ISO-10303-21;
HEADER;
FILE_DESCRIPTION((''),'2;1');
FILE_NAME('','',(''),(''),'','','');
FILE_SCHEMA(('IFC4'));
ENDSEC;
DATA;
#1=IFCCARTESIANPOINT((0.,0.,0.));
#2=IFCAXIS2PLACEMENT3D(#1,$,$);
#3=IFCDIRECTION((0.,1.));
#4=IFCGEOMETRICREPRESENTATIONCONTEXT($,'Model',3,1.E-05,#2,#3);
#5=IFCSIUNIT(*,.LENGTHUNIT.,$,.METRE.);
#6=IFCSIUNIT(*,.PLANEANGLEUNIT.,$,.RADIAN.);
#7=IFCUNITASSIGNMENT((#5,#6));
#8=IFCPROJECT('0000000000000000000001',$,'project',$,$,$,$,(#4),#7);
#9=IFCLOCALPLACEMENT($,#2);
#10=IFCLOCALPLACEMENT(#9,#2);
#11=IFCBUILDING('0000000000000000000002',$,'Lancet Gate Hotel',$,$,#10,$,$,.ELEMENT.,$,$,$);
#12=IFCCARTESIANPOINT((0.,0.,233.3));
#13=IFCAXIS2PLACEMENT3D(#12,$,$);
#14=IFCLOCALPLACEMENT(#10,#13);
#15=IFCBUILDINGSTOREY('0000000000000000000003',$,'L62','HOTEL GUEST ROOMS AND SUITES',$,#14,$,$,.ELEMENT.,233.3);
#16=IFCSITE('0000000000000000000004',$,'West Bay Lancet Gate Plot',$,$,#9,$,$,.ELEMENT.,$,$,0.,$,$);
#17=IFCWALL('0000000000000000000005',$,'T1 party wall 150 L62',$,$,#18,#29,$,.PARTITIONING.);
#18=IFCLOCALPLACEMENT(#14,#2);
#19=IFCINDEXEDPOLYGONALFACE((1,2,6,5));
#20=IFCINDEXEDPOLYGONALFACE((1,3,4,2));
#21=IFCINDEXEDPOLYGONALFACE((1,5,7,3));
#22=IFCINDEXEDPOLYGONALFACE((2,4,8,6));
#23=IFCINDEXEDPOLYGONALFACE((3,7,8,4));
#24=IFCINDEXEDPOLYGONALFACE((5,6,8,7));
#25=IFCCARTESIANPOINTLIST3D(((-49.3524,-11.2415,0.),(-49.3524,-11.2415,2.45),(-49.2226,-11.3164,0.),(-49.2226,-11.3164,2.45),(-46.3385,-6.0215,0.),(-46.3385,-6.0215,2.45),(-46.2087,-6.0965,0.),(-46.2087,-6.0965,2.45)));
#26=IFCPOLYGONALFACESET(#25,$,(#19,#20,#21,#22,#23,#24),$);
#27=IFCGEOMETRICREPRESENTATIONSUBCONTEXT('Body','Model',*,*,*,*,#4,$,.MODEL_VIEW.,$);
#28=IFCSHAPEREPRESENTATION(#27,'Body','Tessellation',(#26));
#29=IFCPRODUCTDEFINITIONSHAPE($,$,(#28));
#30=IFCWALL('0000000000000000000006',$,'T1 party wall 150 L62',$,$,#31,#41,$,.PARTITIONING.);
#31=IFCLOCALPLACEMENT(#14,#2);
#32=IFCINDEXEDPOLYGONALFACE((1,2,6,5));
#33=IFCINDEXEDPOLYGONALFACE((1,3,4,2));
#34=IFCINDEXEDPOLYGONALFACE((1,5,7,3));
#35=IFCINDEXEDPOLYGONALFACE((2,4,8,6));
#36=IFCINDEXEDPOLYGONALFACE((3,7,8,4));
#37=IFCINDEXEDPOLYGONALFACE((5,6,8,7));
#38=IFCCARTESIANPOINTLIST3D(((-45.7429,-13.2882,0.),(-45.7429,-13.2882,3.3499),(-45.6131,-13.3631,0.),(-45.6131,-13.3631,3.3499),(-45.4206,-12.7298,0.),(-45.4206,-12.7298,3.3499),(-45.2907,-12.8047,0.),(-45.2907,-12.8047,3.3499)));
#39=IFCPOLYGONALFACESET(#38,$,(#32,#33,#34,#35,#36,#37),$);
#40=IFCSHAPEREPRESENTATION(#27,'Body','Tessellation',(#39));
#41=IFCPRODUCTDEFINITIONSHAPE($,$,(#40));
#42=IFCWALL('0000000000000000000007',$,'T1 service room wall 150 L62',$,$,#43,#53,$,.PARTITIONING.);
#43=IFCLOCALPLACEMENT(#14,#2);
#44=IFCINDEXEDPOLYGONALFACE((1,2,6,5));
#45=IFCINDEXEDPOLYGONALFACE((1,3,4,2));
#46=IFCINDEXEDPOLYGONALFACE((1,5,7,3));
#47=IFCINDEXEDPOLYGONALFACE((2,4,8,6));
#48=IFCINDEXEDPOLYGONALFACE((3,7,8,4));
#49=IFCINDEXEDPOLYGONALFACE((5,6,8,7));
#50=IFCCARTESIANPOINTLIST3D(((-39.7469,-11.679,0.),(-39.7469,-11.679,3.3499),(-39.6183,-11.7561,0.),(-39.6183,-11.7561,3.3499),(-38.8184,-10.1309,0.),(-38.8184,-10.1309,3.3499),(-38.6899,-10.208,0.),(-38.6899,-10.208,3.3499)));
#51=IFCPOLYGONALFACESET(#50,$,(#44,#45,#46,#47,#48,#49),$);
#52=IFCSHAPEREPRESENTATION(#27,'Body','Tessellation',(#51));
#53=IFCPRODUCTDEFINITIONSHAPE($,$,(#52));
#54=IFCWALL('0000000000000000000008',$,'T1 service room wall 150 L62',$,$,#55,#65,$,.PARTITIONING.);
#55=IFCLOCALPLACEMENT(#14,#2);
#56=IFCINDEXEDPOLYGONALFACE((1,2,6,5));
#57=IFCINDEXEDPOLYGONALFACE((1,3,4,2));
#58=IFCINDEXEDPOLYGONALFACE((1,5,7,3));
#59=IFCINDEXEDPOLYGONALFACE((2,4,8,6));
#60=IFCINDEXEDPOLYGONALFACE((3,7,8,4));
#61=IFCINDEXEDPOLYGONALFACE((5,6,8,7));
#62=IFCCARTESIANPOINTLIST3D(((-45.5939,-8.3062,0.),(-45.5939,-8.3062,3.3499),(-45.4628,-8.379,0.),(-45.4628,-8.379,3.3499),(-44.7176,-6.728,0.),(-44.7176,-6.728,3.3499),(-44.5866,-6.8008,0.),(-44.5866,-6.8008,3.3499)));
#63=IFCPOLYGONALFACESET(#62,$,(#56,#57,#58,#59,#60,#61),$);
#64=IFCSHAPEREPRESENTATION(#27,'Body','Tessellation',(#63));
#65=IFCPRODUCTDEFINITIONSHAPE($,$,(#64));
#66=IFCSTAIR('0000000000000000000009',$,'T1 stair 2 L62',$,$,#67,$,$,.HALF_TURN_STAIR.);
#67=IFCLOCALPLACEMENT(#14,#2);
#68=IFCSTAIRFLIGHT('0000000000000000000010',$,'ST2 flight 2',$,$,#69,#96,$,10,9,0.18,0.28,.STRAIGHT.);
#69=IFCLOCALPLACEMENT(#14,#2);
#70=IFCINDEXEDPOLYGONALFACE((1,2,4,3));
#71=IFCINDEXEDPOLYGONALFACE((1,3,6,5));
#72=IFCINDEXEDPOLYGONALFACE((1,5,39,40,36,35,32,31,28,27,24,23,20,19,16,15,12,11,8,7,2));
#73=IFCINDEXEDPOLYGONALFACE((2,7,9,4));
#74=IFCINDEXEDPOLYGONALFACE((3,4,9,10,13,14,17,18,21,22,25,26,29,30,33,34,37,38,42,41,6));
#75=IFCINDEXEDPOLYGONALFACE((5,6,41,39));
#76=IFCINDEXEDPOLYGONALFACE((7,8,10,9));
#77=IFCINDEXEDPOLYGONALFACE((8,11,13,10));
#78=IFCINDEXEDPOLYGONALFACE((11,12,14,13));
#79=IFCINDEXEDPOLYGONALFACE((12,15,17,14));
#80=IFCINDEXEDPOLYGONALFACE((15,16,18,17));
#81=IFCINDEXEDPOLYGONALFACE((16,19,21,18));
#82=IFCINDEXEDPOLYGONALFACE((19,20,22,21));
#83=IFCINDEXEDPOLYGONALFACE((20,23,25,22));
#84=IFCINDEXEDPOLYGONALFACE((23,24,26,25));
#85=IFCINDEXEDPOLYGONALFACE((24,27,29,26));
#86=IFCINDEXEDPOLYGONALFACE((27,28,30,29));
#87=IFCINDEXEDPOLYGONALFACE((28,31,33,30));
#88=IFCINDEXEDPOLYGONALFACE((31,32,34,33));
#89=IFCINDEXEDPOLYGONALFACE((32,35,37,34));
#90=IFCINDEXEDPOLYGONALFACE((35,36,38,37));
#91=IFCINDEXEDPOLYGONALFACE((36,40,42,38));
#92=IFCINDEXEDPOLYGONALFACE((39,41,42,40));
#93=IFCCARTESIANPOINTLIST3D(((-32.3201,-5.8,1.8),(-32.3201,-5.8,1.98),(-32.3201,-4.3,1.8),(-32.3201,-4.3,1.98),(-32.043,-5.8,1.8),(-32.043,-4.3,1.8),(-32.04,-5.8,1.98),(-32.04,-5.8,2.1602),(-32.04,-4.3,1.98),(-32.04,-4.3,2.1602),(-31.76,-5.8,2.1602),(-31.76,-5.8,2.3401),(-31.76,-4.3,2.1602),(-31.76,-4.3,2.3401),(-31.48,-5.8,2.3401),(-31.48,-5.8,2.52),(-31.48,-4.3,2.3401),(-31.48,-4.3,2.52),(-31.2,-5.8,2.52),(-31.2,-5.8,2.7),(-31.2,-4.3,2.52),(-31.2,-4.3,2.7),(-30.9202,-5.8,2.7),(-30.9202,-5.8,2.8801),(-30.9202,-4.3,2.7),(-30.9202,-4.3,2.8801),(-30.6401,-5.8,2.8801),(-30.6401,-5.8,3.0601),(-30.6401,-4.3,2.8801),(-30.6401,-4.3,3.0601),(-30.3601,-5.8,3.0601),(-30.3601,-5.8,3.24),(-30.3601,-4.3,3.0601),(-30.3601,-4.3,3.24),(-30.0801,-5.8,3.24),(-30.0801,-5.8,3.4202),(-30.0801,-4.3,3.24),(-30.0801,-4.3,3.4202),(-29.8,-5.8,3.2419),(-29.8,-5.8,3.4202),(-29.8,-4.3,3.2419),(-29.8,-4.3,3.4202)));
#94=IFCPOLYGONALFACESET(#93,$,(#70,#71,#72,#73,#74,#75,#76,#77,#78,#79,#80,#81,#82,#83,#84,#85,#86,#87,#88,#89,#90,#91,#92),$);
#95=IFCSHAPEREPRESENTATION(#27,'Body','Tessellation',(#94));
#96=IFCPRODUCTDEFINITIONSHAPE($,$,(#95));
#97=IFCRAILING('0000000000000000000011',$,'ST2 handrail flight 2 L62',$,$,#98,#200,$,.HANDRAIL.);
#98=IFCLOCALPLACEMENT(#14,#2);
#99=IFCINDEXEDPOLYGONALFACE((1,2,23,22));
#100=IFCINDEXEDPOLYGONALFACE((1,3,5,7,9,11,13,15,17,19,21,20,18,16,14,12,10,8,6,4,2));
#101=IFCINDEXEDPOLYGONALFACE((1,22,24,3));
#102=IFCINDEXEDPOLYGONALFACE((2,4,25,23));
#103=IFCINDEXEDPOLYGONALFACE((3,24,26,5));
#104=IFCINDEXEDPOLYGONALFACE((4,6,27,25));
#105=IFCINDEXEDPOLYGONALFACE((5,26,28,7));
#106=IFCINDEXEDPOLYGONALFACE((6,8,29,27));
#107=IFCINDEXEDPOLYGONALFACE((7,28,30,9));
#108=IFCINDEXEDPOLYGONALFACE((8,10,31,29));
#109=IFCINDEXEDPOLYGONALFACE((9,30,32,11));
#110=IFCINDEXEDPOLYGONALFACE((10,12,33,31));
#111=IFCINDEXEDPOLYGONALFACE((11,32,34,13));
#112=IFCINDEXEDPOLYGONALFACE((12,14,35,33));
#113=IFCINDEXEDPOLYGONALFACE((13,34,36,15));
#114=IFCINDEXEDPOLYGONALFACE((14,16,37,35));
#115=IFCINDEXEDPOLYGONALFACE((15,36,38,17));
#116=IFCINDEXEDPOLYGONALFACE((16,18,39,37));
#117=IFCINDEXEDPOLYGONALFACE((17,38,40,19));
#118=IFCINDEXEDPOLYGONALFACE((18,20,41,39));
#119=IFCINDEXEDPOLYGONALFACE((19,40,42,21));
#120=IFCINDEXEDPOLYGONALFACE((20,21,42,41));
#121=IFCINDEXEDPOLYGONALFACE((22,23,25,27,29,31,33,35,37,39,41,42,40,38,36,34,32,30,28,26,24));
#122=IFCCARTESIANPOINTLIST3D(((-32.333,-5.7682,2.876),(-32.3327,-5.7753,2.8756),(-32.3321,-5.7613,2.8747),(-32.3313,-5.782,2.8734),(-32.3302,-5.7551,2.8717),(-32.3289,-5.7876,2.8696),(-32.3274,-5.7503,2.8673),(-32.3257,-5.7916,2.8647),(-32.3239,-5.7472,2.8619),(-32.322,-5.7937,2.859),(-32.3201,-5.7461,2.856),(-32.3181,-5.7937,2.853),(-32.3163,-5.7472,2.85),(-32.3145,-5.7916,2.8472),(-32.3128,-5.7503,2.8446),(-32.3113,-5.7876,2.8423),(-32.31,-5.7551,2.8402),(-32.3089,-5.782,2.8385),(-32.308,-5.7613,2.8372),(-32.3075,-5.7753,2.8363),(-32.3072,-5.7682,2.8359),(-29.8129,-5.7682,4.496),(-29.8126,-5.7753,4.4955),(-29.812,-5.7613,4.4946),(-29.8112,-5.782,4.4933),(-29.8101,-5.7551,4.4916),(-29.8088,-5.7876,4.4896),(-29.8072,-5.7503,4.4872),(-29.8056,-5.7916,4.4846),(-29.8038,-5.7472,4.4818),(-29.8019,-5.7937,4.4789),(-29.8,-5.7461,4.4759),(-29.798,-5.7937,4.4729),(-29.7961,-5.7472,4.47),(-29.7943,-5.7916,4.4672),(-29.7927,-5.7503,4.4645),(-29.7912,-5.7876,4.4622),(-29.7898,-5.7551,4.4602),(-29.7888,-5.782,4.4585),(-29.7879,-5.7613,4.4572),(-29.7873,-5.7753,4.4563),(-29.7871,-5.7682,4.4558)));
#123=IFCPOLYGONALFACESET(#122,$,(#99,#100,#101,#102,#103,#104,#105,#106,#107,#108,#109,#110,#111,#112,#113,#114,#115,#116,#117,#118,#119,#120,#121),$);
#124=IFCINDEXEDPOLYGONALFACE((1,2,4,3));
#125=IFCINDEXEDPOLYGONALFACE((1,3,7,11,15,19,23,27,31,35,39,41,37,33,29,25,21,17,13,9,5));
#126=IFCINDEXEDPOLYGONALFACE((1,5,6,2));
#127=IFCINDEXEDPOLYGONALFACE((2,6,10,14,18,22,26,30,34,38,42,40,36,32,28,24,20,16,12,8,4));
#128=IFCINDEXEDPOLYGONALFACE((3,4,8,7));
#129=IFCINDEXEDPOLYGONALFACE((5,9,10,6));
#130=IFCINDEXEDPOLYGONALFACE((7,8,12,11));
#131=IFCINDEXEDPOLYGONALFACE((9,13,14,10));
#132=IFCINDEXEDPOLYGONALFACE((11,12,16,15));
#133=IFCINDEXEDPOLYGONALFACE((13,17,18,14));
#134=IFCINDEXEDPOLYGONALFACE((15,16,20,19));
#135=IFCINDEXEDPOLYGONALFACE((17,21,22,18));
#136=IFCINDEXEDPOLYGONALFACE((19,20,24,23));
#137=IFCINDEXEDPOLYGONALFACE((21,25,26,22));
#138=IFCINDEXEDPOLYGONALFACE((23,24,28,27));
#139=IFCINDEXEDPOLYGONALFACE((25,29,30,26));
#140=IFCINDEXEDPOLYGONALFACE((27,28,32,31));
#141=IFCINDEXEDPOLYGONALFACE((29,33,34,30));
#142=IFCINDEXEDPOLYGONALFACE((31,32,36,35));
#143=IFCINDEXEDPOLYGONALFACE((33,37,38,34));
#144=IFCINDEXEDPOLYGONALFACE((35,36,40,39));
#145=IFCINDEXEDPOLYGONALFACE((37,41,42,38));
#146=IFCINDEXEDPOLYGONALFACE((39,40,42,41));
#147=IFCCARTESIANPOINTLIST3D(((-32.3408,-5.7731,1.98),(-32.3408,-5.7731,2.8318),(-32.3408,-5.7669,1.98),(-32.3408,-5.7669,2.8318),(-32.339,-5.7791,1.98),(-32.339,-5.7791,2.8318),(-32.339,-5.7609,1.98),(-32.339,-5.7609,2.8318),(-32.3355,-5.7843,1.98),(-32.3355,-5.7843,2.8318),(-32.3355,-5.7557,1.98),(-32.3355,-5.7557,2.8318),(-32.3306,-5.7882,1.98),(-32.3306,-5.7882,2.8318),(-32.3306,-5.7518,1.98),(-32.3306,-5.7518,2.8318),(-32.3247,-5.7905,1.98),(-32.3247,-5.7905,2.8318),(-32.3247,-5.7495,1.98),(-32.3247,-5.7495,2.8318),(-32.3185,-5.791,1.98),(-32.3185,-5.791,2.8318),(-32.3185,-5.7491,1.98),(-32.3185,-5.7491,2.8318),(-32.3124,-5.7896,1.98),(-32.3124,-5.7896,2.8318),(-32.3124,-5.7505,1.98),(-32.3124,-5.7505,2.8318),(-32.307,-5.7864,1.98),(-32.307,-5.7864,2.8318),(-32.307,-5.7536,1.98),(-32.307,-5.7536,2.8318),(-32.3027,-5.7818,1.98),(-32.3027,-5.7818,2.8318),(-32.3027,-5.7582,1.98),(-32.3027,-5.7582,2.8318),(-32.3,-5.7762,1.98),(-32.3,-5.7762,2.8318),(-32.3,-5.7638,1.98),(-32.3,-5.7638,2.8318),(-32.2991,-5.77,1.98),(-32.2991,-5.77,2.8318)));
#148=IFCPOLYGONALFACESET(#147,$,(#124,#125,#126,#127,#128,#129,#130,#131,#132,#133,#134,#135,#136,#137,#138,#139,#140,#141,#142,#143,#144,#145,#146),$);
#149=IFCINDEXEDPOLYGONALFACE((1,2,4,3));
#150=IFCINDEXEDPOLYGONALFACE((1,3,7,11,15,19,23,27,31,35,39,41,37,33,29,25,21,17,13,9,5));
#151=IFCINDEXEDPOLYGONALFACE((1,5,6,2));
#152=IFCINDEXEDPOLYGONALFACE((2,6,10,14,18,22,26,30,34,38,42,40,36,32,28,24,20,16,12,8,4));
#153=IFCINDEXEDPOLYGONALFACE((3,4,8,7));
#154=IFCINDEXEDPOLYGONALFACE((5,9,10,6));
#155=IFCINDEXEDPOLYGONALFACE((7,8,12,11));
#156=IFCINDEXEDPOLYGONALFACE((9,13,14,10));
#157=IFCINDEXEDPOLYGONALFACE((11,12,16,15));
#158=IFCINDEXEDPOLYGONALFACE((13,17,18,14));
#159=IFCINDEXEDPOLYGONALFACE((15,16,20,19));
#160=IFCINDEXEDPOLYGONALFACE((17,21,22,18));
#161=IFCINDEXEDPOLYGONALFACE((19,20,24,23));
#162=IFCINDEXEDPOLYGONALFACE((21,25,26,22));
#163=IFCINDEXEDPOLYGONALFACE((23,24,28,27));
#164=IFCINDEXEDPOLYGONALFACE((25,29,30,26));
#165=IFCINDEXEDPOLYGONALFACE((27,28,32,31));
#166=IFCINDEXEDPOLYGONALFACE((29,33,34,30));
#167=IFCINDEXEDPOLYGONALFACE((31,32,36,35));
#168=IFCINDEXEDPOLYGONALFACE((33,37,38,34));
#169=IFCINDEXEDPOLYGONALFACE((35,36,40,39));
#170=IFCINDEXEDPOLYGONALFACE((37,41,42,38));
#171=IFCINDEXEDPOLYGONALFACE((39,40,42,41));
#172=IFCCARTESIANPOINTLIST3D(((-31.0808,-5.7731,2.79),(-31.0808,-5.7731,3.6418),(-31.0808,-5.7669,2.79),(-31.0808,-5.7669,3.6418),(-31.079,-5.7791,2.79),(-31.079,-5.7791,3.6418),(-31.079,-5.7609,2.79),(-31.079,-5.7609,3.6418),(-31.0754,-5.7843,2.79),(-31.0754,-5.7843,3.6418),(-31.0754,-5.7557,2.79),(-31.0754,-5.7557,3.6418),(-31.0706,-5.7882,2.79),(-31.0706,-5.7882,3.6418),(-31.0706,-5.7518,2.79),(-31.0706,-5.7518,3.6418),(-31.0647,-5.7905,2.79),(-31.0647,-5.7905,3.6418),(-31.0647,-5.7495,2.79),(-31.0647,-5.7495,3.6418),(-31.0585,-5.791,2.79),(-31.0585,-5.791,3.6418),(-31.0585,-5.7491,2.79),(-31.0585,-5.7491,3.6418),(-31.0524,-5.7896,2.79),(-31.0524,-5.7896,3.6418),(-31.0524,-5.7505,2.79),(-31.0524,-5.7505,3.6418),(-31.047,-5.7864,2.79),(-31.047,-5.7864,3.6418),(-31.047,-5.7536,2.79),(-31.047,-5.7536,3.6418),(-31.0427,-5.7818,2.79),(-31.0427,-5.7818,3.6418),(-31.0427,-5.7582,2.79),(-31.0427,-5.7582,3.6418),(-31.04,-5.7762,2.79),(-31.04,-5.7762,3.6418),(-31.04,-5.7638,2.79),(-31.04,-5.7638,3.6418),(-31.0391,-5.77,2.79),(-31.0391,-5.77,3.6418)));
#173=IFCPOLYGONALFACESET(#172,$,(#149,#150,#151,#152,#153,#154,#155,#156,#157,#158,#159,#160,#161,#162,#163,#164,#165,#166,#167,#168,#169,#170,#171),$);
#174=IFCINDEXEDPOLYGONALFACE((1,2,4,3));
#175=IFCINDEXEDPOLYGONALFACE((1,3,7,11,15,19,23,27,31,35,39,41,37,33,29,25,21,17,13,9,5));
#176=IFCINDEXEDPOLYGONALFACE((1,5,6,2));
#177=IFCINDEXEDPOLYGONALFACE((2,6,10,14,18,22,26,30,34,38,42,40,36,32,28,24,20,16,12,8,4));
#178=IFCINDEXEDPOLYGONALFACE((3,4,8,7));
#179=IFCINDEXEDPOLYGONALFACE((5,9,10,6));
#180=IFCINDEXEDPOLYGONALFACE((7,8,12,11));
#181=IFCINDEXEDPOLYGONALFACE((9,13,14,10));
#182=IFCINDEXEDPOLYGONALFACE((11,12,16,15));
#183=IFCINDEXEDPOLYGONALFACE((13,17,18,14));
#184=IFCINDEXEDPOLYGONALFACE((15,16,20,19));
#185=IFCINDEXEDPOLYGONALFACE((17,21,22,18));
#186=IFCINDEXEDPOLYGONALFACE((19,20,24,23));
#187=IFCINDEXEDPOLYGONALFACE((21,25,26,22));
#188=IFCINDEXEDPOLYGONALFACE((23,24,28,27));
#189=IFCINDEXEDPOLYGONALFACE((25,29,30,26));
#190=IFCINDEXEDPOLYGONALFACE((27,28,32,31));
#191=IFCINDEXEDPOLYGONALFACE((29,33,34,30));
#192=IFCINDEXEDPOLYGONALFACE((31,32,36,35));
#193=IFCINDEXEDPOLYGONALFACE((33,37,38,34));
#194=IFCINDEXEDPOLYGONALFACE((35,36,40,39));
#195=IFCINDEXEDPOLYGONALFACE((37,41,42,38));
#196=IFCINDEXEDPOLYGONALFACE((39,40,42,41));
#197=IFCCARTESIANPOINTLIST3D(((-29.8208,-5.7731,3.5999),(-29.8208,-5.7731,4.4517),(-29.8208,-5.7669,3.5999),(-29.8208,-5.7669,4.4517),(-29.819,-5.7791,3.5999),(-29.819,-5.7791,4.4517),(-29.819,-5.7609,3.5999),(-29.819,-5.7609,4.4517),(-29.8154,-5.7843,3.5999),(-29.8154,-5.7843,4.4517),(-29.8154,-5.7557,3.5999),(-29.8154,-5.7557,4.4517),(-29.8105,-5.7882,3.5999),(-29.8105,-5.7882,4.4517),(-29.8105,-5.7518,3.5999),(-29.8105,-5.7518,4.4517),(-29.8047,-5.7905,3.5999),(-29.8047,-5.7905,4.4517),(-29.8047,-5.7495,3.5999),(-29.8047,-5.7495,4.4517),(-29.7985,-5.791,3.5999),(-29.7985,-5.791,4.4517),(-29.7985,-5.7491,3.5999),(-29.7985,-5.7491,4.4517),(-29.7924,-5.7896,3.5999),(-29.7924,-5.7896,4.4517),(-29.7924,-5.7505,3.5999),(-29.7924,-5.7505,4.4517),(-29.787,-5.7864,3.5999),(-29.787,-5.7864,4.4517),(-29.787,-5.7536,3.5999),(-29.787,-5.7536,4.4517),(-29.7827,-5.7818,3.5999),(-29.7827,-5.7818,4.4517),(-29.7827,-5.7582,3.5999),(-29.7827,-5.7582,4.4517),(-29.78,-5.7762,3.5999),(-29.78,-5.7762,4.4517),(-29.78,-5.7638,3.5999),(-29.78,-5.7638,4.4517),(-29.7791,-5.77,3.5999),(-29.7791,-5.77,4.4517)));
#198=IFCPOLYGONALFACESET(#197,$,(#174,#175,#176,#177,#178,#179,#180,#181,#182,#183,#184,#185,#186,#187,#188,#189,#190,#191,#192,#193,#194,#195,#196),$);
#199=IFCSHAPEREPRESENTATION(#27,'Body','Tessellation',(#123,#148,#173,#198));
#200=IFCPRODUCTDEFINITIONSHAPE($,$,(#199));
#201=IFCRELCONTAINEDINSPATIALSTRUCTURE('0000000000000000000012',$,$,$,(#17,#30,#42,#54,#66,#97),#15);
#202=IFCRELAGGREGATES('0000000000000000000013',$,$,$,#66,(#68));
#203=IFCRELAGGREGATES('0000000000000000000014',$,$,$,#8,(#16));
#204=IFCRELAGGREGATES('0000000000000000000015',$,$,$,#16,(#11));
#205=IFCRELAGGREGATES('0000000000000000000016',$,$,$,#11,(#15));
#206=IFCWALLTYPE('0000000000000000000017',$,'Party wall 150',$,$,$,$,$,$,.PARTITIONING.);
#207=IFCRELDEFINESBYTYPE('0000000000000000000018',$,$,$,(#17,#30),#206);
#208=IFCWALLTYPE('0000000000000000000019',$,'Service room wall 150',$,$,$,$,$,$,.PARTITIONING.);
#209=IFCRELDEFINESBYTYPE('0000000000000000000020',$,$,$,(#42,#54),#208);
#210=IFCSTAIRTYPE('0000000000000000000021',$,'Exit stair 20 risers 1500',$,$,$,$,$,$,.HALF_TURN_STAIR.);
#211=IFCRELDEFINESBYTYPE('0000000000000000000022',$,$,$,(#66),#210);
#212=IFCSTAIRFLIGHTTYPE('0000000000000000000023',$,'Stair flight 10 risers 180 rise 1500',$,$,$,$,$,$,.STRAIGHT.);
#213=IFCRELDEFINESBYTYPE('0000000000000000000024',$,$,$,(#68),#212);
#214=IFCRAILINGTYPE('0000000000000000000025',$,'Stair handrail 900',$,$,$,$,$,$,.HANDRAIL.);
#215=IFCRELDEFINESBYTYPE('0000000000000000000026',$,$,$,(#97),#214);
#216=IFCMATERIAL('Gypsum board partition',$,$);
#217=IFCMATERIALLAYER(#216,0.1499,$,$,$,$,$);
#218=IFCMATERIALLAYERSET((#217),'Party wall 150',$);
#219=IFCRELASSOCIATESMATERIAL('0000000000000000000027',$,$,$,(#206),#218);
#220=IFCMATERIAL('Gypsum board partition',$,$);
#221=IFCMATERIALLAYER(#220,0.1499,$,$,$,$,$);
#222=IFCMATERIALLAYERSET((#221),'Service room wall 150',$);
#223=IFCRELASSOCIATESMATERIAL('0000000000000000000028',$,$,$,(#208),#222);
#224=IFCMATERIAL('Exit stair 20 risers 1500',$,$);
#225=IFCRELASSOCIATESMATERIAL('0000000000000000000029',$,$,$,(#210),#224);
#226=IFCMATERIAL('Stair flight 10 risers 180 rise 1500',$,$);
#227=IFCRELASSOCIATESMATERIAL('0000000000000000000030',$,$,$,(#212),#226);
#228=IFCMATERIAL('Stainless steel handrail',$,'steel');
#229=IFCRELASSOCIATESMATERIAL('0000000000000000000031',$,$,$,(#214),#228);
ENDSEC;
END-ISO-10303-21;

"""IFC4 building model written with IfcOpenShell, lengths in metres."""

from ifc_helpers import new_model, si_unit, direction, frame, frame_2d, origin, origin_2d, place, context, subcontext, project, spatial, polyline, rectangle, circle, outline, extrude, material, layer, layer_set, type_object, element, aggregate, save


model = new_model("IFC4")

# Units and contexts
model_context = context("Model", 3, precision=1e-05, world=origin(), true_north=direction((0.0, 1.0)))
body_context = subcontext(model_context, "Body", "Model", "MODEL_VIEW")
ifc_project = project(units=[si_unit("LENGTHUNIT", "METRE"), si_unit("PLANEANGLEUNIT", "RADIAN")], contexts=[model_context])

# Site, building, storey
site_placement = place(None, origin())
site = spatial("IfcSite", under=ifc_project, at=site_placement, Name="West Bay Lancet Gate Plot", CompositionType="ELEMENT", RefElevation=0.0)
building_placement = place(site_placement, origin())
building = spatial("IfcBuilding", under=site, at=building_placement, Name="Lancet Gate Hotel", CompositionType="ELEMENT")
storey_placement = place(building_placement, frame((0.0, 0.0, 233.3)))
storey = spatial("IfcBuildingStorey", under=building, at=storey_placement, Name="L62", Description="HOTEL GUEST ROOMS AND SUITES", CompositionType="ELEMENT", Elevation=233.3)

# Walls
ifc_material_1 = material(Name="Gypsum board partition")
ifc_layer_1 = layer(ifc_material_1, 0.1499)
ifc_layer_set_1 = layer_set([ifc_layer_1], Name="Party wall 150")
wall_type_1 = type_object("IfcWallType", Name="Party wall 150", PredefinedType="PARTITIONING", material=ifc_layer_set_1)
wall_1_placement = place(storey_placement, frame((-46.2737, -6.0591, 0.0), z_axis=(0.0, 0.0, 1.0), x_axis=(-0.50002, -0.866014, 0.0)))
element("IfcWall", 1, at=wall_1_placement, inside=storey, type_object=wall_type_1, Name="T1 party wall 150 L62", PredefinedType="PARTITIONING", context=body_context, shape_type="SweptSolid", body=[
    extrude(rectangle(XDim=6.0276, YDim=0.1499, at=frame_2d((3.0137, 0.0))), origin(), (0.0, 0.0, 1.0), 2.45),
])
wall_2_placement = place(storey_placement, frame((-45.3557, -12.7673, 0.0), z_axis=(0.0, 0.0, 1.0), x_axis=(-0.499886, -0.866091, 0.0)))
element("IfcWall", 2, at=wall_2_placement, inside=storey, type_object=wall_type_1, Name="T1 party wall 150 L62", PredefinedType="PARTITIONING", context=body_context, shape_type="SweptSolid", body=[
    extrude(rectangle(XDim=0.6448, YDim=0.1499, at=frame_2d((0.3223, 0.0))), origin(), (0.0, 0.0, 1.0), 3.3499),
])
ifc_material_2 = material(Name="Gypsum board partition")
ifc_layer_2 = layer(ifc_material_2, 0.1499)
ifc_layer_set_2 = layer_set([ifc_layer_2], Name="Service room wall 150")
wall_type_2 = type_object("IfcWallType", Name="Service room wall 150", PredefinedType="PARTITIONING", material=ifc_layer_set_2)
for number, where, z_axis, x_axis, name in (
    (3, (-39.6826, -11.7175, 0.0), (0.0, 0.0, 1.0), (0.514337, 0.857588, 0.0), "T1 service room wall 150 L62"),
    (4, (-44.6521, -6.7644, 0.0), (0.0, 0.0, 1.0), (-0.485425, -0.874278, 0.0), "T1 service room wall 150 L62"),
):
    element("IfcWall", number, at=place(storey_placement, frame(where, z_axis=z_axis, x_axis=x_axis)), inside=storey, type_object=wall_type_2, Name=name, PredefinedType="PARTITIONING", context=body_context, shape_type="SweptSolid", body=[
        extrude(rectangle(XDim=1.8052, YDim=0.1499, at=frame_2d((0.9026, 0.0))), origin(), (0.0, 0.0, 1.0), 3.3499),
    ])

# Stair, stair flight
ifc_material_3 = material(Name="Exit stair 20 risers 1500")
stair_type = type_object("IfcStairType", Name="Exit stair 20 risers 1500", PredefinedType="HALF_TURN_STAIR", material=ifc_material_3)
stair_placement = place(storey_placement, origin())
stair = element("IfcStair", 5, at=stair_placement, inside=storey, type_object=stair_type, Name="T1 stair 2 L62", PredefinedType="HALF_TURN_STAIR")
ifc_material_4 = material(Name="Stair flight 10 risers 180 rise 1500")
stair_flight_type = type_object("IfcStairFlightType", Name="Stair flight 10 risers 180 rise 1500", PredefinedType="STRAIGHT", material=ifc_material_4)
stair_flight_placement = place(storey_placement, frame((-32.3201, -5.05, 1.8), z_axis=(0.0, 0.0, 1.0), x_axis=(1.0, 0.0, 0.0)))
stair_flight = element("IfcStairFlight", 6, at=stair_flight_placement, type_object=stair_flight_type, Name="ST2 flight 2", NumberOfRisers=10, NumberOfTreads=9, PredefinedType="STRAIGHT", RiserHeight=0.18, TreadLength=0.28, context=body_context, shape_type="SweptSolid", body=[
    extrude(outline(polyline([(0.0, 0.0), (0.0, 0.1799), (0.28, 0.1799), (0.28, 0.3601), (0.5601, 0.3601), (0.5601, 0.54), (0.8401, 0.54), (0.8401, 0.72), (1.1201, 0.72), (1.1201, 0.8999), (1.3999, 0.8999), (1.3999, 1.0801), (1.6799, 1.0801), (1.6799, 1.26), (1.96, 1.26), (1.96, 1.4399), (2.24, 1.4399), (2.24, 1.6201), (2.52, 1.6201), (2.52, 1.8), (2.52, 1.4419), (0.2771, 0.0), (0.0, 0.0)])), frame((0.0, 0.75, 0.0), z_axis=(0.0, -1.0, 0.0), x_axis=(1.0, 0.0, 0.0)), (0.0, 0.0, 1.0), 1.5),
])
aggregate(stair, [stair_flight])

# Railing
ifc_material_5 = material(Name="Stainless steel handrail", Category="steel")
railing_type = type_object("IfcRailingType", Name="Stair handrail 900", PredefinedType="HANDRAIL", material=ifc_material_5)
railing_placement = place(storey_placement, frame((-32.3201, -5.77, 1.98)))
element("IfcRailing", 7, at=railing_placement, inside=storey, type_object=railing_type, Name="ST2 handrail flight 2 L62", PredefinedType="HANDRAIL", context=body_context, shape_type="SweptSolid", body=[
    extrude(circle(Radius=0.0239, at=origin_2d()), frame((0.0, 0.0, 0.876), z_axis=(0.8412, 0.0, 0.540725), x_axis=(0.0, 1.0, 0.0)), (0.0, 0.0, 1.0), 2.9958),
    extrude(circle(Radius=0.021, at=origin_2d()), origin(), (0.0, 0.0, 1.0), 0.8518),
    extrude(circle(Radius=0.021, at=origin_2d()), frame((1.26, 0.0, 0.8101)), (0.0, 0.0, 1.0), 0.8518),
    extrude(circle(Radius=0.021, at=origin_2d()), frame((2.52, 0.0, 1.6199)), (0.0, 0.0, 1.0), 0.8518),
])

save(model, "model.ifc")
